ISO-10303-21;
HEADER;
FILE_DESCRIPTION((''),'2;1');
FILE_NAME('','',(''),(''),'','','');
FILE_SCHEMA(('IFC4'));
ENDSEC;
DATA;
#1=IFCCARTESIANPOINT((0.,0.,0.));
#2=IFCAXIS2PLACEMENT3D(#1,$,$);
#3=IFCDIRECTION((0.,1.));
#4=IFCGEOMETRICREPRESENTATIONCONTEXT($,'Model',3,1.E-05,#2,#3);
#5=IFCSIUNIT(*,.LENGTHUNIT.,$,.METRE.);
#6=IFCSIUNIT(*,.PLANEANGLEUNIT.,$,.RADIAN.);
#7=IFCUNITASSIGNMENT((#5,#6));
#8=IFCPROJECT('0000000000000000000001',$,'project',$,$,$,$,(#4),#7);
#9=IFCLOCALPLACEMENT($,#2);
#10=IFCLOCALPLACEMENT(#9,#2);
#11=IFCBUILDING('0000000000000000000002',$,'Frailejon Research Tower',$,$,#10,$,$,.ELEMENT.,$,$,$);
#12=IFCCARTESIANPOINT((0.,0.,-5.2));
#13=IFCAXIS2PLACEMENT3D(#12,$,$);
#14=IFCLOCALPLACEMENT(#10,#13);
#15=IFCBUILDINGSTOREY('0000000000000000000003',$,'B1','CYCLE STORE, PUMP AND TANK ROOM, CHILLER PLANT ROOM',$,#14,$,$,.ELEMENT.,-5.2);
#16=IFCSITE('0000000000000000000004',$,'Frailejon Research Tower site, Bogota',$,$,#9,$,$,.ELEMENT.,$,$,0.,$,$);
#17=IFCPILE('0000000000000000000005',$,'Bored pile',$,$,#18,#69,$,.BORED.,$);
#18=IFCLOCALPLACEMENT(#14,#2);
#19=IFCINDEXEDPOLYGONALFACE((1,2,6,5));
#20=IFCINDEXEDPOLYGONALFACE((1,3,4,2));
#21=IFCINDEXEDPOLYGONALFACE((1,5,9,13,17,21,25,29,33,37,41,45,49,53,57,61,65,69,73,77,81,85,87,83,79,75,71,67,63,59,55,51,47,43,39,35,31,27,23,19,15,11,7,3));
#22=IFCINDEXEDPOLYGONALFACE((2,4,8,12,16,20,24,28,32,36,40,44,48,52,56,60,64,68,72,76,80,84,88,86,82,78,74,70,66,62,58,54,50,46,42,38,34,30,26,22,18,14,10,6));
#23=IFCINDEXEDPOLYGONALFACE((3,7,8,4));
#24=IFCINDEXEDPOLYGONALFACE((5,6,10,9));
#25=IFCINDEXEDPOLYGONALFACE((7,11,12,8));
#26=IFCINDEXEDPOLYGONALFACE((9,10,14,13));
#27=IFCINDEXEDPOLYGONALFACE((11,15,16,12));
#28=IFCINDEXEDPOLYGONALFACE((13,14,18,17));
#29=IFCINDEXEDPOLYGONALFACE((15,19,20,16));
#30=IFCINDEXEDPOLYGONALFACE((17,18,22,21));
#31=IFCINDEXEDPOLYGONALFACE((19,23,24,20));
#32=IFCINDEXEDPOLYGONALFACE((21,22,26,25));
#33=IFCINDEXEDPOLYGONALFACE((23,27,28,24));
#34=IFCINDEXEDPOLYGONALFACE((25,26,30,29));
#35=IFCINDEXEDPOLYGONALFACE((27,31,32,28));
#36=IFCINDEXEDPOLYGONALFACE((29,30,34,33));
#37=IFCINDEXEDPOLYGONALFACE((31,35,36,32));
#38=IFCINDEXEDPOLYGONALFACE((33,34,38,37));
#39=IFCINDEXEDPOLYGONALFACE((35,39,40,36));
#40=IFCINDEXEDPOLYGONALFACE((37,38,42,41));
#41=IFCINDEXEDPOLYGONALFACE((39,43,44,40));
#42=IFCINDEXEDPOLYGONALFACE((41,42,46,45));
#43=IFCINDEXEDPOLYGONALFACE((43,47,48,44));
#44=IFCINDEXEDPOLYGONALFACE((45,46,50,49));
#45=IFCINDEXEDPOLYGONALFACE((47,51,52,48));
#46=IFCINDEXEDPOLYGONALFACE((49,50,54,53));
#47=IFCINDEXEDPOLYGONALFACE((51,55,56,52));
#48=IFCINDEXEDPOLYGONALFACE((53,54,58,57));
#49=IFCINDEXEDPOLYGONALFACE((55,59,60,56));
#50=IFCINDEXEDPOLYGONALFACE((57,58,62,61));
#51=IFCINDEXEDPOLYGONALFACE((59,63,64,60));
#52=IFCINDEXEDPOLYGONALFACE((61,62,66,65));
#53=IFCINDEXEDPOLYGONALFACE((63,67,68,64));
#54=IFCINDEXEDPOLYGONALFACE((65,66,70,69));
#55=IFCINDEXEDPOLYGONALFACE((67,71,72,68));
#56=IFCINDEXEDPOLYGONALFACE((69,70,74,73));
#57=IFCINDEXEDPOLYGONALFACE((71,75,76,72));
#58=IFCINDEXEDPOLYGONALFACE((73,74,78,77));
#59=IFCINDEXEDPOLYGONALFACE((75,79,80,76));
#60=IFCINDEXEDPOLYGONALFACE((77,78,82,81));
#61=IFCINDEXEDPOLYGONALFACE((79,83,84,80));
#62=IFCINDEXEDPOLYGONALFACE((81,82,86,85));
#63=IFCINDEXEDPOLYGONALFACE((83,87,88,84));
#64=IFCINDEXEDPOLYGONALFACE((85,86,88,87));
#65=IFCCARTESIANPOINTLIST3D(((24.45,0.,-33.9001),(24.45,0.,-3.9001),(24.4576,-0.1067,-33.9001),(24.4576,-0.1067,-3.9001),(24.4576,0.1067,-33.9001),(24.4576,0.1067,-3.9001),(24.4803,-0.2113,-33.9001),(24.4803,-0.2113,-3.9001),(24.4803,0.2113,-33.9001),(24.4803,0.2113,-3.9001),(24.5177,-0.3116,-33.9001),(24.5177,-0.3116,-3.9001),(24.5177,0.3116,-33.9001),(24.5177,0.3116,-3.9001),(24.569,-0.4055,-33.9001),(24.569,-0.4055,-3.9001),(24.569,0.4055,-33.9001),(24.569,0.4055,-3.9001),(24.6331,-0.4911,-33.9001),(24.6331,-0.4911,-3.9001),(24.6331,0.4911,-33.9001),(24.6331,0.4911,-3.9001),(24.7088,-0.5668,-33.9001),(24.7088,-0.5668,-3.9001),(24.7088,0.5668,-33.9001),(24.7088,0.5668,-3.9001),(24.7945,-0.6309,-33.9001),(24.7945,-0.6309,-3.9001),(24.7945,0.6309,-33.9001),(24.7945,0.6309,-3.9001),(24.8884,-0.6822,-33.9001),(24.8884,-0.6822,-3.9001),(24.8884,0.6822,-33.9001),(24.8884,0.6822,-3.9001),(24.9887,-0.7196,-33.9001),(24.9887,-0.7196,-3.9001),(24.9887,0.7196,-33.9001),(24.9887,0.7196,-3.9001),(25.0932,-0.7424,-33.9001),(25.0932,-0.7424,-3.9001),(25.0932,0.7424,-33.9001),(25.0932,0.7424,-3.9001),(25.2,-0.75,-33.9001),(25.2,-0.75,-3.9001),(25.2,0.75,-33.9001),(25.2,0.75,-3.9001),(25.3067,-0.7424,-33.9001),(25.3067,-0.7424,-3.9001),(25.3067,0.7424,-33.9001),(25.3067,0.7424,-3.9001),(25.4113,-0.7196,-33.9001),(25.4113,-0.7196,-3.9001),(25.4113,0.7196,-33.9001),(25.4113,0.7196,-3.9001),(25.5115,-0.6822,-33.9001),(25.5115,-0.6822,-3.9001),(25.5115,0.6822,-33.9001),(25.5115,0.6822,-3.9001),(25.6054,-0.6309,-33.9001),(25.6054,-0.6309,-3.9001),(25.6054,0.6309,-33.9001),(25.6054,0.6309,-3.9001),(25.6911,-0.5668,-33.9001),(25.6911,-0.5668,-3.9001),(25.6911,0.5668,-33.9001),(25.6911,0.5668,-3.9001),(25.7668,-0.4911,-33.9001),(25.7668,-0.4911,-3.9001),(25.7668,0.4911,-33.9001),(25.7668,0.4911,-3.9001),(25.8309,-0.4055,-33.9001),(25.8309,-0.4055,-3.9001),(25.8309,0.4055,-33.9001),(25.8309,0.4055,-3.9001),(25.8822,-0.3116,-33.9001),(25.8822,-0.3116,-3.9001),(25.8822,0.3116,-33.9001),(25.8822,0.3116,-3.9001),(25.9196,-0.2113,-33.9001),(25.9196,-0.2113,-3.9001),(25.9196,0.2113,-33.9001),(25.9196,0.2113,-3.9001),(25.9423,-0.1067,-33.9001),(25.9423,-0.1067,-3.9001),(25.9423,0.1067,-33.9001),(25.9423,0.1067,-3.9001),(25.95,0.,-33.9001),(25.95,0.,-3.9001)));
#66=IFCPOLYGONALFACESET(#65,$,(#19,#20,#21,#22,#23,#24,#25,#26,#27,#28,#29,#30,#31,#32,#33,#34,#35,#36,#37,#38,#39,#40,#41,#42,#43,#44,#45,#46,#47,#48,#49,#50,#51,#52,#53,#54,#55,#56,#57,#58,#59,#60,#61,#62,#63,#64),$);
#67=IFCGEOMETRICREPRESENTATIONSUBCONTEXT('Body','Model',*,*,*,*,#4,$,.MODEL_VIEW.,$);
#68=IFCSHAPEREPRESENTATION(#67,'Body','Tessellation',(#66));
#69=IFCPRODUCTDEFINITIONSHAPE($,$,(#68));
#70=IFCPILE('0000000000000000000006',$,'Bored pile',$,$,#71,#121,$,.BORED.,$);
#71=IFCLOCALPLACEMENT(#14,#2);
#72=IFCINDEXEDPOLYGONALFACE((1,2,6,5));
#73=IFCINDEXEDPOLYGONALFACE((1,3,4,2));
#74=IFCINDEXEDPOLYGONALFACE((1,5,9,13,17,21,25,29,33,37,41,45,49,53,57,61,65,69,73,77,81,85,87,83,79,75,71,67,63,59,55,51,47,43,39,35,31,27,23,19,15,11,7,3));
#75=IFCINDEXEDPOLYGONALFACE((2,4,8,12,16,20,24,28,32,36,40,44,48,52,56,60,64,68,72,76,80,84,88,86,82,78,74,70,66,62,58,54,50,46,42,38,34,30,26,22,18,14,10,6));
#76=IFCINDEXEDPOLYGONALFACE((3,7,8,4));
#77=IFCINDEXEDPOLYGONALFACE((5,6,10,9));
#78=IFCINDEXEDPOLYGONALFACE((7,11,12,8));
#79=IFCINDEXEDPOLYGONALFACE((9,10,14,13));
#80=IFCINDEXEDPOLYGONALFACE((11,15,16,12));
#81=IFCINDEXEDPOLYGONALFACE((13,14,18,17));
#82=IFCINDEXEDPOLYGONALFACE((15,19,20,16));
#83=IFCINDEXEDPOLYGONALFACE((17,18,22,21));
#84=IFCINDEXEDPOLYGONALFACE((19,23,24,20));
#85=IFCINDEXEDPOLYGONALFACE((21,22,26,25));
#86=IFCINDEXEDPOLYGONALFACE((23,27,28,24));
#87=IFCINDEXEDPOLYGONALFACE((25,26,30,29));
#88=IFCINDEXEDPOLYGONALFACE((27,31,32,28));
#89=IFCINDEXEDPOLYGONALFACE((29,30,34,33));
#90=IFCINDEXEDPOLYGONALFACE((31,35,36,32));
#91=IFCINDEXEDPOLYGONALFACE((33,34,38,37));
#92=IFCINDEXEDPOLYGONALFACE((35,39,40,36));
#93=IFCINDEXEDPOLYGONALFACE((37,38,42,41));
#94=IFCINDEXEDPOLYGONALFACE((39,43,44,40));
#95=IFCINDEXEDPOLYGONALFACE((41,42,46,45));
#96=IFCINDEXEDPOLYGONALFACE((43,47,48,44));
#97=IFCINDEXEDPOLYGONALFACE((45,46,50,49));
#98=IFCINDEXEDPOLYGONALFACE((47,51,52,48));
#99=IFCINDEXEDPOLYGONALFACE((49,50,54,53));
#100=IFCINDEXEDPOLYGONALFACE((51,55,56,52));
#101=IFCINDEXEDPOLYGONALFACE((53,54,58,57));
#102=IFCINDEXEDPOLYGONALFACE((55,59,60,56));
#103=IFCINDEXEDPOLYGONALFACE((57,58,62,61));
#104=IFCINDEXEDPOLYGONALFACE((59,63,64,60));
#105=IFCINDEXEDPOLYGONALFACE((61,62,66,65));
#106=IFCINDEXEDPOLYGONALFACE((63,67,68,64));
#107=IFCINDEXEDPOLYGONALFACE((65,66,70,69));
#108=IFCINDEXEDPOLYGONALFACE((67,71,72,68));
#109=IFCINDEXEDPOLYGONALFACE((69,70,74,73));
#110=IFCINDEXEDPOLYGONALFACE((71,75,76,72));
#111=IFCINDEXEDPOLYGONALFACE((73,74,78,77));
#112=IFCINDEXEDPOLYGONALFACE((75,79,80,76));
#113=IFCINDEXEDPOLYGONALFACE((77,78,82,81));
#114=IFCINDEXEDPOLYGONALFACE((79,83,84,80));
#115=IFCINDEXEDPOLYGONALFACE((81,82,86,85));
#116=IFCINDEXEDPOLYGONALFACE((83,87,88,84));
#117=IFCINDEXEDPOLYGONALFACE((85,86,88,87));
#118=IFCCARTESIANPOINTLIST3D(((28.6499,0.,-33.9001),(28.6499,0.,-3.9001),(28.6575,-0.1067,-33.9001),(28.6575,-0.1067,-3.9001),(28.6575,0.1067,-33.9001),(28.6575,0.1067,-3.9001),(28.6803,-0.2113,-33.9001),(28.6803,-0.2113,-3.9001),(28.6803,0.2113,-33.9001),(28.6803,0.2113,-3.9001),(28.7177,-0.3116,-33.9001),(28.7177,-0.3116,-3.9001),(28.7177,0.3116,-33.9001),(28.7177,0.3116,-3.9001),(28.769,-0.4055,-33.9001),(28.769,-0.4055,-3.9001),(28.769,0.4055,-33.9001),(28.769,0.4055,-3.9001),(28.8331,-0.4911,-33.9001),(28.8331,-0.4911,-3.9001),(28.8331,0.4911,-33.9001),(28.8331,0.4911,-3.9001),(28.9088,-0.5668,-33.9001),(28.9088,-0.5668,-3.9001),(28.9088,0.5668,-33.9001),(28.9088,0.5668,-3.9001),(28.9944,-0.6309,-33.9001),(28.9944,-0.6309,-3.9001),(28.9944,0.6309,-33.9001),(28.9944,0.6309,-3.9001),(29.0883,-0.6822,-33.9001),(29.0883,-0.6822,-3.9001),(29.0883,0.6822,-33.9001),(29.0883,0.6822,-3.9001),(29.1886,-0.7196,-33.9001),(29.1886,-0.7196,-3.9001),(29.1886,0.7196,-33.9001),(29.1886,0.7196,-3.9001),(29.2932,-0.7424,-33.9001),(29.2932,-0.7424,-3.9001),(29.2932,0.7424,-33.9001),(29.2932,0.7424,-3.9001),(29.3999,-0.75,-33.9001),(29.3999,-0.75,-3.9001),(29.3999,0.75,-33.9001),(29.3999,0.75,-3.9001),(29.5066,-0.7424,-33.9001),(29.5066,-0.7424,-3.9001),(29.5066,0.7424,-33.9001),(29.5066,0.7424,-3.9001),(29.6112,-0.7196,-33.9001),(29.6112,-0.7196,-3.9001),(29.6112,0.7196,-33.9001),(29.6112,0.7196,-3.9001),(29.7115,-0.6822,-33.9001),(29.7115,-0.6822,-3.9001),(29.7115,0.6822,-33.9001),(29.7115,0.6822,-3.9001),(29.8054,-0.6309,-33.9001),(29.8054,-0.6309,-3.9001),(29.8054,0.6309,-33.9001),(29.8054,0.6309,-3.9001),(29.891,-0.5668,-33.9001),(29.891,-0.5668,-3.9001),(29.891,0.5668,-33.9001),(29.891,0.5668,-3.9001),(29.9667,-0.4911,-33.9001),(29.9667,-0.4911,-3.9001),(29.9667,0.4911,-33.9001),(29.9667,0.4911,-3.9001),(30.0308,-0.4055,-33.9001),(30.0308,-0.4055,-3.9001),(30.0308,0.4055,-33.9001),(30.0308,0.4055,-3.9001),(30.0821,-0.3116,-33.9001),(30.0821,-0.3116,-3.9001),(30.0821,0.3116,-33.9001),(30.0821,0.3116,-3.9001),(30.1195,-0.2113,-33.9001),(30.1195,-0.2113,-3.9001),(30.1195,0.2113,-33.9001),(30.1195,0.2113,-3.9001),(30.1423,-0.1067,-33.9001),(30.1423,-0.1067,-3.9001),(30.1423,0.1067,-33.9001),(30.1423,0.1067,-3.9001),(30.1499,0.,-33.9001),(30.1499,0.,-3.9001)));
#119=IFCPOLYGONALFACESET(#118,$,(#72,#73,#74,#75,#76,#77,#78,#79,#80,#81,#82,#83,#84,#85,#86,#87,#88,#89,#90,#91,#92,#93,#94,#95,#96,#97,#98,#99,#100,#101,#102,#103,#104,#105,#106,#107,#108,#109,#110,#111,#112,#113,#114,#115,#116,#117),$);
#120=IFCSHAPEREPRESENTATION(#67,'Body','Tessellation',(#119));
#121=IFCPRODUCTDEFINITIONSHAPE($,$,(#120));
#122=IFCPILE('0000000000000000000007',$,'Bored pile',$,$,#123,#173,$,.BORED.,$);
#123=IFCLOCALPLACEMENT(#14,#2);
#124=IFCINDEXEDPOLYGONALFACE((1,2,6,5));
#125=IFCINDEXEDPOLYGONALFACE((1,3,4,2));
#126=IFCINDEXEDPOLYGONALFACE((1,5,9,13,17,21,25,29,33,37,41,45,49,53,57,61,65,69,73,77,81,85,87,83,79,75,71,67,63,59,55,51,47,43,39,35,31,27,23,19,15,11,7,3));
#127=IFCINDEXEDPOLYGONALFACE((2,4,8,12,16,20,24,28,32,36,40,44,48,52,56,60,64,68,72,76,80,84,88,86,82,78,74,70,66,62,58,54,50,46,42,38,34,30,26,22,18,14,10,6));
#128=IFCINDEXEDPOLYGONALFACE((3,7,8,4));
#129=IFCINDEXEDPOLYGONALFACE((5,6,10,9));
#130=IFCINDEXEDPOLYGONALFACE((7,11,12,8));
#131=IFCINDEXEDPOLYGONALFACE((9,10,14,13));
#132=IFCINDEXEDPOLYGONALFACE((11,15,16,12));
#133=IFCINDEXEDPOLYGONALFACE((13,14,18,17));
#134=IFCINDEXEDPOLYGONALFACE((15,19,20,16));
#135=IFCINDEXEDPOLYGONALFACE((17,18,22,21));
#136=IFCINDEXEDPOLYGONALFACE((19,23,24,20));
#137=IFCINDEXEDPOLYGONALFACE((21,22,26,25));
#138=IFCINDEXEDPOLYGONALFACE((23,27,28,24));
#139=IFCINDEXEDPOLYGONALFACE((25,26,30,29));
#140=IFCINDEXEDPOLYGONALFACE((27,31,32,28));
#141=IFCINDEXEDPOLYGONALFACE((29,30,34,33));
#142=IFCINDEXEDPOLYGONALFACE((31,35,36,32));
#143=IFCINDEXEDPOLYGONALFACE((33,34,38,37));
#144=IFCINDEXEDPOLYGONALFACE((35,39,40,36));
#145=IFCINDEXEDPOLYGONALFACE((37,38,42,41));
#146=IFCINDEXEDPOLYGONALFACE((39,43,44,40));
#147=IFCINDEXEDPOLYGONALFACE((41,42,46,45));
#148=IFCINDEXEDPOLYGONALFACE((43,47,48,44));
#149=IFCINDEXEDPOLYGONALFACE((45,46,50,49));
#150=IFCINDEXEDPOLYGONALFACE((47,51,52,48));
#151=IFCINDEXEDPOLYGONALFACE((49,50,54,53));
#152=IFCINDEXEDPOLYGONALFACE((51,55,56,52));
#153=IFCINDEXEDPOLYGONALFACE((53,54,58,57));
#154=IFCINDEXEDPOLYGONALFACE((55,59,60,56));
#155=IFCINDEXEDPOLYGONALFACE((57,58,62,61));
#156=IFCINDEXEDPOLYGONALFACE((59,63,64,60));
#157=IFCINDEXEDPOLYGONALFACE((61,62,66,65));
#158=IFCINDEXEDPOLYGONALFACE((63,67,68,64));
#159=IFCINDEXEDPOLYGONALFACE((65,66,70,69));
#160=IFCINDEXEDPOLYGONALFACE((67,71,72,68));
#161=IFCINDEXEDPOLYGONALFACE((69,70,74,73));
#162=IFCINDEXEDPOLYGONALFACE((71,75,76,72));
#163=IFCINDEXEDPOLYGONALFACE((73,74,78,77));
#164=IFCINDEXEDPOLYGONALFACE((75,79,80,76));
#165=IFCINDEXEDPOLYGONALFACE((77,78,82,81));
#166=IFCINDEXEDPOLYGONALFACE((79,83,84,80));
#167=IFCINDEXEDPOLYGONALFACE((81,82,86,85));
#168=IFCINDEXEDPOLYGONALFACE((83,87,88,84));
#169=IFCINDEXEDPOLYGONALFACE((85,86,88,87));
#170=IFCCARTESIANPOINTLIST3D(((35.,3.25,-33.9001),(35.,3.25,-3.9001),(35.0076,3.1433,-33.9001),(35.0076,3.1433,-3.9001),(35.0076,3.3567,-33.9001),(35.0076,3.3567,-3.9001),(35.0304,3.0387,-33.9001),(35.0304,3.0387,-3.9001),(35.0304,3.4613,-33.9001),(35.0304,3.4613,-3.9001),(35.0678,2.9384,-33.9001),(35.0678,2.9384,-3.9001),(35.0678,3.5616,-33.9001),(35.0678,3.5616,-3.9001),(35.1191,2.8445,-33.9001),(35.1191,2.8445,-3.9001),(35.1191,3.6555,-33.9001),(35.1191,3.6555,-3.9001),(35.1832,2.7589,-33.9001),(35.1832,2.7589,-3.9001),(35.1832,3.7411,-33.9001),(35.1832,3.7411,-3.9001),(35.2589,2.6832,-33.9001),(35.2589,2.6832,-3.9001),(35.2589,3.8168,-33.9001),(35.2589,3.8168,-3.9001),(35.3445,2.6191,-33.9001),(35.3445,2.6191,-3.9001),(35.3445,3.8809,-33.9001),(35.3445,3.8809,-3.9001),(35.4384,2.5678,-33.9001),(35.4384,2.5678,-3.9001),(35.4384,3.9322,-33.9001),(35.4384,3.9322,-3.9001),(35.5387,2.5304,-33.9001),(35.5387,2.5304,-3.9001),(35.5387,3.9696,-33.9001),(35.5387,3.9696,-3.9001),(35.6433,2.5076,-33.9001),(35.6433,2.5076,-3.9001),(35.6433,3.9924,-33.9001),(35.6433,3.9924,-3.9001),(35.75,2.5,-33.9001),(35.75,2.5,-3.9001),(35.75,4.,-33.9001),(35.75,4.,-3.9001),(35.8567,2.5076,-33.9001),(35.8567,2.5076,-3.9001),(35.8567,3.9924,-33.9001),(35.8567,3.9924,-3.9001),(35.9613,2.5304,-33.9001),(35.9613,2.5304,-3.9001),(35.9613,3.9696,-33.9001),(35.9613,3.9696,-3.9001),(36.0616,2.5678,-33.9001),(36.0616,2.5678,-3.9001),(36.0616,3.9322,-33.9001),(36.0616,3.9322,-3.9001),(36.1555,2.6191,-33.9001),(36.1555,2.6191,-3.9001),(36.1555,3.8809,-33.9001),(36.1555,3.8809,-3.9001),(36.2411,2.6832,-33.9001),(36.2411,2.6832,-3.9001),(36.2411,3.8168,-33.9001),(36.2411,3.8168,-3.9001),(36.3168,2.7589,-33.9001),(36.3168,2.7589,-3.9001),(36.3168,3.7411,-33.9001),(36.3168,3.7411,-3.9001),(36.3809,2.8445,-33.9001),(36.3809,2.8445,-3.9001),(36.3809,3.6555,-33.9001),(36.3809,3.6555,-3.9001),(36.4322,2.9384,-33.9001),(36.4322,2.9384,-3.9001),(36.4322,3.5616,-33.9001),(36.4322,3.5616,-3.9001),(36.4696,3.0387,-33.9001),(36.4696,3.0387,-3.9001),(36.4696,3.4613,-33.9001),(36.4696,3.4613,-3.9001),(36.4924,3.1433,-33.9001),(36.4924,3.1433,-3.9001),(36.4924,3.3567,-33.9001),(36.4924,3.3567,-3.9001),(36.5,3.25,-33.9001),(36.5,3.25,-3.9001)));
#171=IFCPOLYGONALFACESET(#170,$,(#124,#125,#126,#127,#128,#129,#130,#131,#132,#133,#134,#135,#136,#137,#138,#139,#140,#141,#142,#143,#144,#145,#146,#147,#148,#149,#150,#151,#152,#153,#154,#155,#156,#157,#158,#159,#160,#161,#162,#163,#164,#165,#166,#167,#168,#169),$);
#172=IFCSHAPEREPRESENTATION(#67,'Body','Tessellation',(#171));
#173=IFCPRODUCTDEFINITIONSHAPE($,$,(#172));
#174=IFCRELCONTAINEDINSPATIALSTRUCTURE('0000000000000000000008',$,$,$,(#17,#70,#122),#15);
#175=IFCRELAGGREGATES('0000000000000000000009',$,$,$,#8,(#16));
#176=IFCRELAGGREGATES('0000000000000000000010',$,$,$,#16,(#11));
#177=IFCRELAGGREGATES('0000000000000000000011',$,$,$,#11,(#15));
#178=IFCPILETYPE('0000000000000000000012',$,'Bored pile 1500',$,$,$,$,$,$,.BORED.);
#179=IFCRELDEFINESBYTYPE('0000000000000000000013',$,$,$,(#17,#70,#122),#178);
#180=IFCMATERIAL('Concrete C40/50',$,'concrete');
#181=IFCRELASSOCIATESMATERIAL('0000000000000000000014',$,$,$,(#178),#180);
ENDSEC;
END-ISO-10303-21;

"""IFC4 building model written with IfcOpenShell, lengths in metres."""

from ifc_helpers import new_model, si_unit, direction, frame, origin, origin_2d, place, context, subcontext, project, spatial, circle, extrude, material, material_profile, profile_set, type_object, element, save


model = new_model("IFC4")

# Units and contexts
model_context = context("Model", 3, precision=1e-05, world=origin(), true_north=direction((0.0, 1.0)))
body_context = subcontext(model_context, "Body", "Model", "MODEL_VIEW")
ifc_project = project(units=[si_unit("LENGTHUNIT", "METRE"), si_unit("PLANEANGLEUNIT", "RADIAN")], contexts=[model_context])

# Site, building, storey
site_placement = place(None, origin())
site = spatial("IfcSite", under=ifc_project, at=site_placement, Name="Frailejon Research Tower site, Bogota", CompositionType="ELEMENT", RefElevation=0.0)
building_placement = place(site_placement, origin())
building = spatial("IfcBuilding", under=site, at=building_placement, Name="Frailejon Research Tower", CompositionType="ELEMENT")
storey_placement = place(building_placement, frame((0.0, 0.0, -5.2)))
storey = spatial("IfcBuildingStorey", under=building, at=storey_placement, Name="B1", Description="CYCLE STORE, PUMP AND TANK ROOM, CHILLER PLANT ROOM", CompositionType="ELEMENT", Elevation=-5.2)

# Piles
ifc_material_1 = material(Name="Concrete C40/50", Category="concrete")
ifc_material_profile_1 = material_profile(ifc_material_1, circle(Radius=0.75, at=origin_2d()), Name="Bored pile 1500")
ifc_profile_set_1 = profile_set([ifc_material_profile_1], Name="Concrete C40/50")
pile_type = type_object("IfcPileType", Name="Bored pile 1500", PredefinedType="BORED", material=ifc_profile_set_1)
for number, where, z_axis, x_axis, name in (
    (1, (25.2, 0.0, -3.9001), (0.0, 0.0, -1.0), (1.0, 0.0, 0.0), "Bored pile"),
    (2, (29.3999, 0.0, -3.9001), (0.0, 0.0, -1.0), (1.0, 0.0, 0.0), "Bored pile"),
    (3, (35.75, 3.25, -3.9001), (0.0, 0.0, -1.0), (1.0, 0.0, 0.0), "Bored pile"),
):
    element("IfcPile", number, at=place(storey_placement, frame(where, z_axis=z_axis, x_axis=x_axis)), inside=storey, type_object=pile_type, Name=name, PredefinedType="BORED", context=body_context, shape_type="SweptSolid", body=[
        extrude(circle(Radius=0.75, at=origin_2d()), origin(), (0.0, 0.0, 1.0), 30.0),
    ])

save(model, "model.ifc")
